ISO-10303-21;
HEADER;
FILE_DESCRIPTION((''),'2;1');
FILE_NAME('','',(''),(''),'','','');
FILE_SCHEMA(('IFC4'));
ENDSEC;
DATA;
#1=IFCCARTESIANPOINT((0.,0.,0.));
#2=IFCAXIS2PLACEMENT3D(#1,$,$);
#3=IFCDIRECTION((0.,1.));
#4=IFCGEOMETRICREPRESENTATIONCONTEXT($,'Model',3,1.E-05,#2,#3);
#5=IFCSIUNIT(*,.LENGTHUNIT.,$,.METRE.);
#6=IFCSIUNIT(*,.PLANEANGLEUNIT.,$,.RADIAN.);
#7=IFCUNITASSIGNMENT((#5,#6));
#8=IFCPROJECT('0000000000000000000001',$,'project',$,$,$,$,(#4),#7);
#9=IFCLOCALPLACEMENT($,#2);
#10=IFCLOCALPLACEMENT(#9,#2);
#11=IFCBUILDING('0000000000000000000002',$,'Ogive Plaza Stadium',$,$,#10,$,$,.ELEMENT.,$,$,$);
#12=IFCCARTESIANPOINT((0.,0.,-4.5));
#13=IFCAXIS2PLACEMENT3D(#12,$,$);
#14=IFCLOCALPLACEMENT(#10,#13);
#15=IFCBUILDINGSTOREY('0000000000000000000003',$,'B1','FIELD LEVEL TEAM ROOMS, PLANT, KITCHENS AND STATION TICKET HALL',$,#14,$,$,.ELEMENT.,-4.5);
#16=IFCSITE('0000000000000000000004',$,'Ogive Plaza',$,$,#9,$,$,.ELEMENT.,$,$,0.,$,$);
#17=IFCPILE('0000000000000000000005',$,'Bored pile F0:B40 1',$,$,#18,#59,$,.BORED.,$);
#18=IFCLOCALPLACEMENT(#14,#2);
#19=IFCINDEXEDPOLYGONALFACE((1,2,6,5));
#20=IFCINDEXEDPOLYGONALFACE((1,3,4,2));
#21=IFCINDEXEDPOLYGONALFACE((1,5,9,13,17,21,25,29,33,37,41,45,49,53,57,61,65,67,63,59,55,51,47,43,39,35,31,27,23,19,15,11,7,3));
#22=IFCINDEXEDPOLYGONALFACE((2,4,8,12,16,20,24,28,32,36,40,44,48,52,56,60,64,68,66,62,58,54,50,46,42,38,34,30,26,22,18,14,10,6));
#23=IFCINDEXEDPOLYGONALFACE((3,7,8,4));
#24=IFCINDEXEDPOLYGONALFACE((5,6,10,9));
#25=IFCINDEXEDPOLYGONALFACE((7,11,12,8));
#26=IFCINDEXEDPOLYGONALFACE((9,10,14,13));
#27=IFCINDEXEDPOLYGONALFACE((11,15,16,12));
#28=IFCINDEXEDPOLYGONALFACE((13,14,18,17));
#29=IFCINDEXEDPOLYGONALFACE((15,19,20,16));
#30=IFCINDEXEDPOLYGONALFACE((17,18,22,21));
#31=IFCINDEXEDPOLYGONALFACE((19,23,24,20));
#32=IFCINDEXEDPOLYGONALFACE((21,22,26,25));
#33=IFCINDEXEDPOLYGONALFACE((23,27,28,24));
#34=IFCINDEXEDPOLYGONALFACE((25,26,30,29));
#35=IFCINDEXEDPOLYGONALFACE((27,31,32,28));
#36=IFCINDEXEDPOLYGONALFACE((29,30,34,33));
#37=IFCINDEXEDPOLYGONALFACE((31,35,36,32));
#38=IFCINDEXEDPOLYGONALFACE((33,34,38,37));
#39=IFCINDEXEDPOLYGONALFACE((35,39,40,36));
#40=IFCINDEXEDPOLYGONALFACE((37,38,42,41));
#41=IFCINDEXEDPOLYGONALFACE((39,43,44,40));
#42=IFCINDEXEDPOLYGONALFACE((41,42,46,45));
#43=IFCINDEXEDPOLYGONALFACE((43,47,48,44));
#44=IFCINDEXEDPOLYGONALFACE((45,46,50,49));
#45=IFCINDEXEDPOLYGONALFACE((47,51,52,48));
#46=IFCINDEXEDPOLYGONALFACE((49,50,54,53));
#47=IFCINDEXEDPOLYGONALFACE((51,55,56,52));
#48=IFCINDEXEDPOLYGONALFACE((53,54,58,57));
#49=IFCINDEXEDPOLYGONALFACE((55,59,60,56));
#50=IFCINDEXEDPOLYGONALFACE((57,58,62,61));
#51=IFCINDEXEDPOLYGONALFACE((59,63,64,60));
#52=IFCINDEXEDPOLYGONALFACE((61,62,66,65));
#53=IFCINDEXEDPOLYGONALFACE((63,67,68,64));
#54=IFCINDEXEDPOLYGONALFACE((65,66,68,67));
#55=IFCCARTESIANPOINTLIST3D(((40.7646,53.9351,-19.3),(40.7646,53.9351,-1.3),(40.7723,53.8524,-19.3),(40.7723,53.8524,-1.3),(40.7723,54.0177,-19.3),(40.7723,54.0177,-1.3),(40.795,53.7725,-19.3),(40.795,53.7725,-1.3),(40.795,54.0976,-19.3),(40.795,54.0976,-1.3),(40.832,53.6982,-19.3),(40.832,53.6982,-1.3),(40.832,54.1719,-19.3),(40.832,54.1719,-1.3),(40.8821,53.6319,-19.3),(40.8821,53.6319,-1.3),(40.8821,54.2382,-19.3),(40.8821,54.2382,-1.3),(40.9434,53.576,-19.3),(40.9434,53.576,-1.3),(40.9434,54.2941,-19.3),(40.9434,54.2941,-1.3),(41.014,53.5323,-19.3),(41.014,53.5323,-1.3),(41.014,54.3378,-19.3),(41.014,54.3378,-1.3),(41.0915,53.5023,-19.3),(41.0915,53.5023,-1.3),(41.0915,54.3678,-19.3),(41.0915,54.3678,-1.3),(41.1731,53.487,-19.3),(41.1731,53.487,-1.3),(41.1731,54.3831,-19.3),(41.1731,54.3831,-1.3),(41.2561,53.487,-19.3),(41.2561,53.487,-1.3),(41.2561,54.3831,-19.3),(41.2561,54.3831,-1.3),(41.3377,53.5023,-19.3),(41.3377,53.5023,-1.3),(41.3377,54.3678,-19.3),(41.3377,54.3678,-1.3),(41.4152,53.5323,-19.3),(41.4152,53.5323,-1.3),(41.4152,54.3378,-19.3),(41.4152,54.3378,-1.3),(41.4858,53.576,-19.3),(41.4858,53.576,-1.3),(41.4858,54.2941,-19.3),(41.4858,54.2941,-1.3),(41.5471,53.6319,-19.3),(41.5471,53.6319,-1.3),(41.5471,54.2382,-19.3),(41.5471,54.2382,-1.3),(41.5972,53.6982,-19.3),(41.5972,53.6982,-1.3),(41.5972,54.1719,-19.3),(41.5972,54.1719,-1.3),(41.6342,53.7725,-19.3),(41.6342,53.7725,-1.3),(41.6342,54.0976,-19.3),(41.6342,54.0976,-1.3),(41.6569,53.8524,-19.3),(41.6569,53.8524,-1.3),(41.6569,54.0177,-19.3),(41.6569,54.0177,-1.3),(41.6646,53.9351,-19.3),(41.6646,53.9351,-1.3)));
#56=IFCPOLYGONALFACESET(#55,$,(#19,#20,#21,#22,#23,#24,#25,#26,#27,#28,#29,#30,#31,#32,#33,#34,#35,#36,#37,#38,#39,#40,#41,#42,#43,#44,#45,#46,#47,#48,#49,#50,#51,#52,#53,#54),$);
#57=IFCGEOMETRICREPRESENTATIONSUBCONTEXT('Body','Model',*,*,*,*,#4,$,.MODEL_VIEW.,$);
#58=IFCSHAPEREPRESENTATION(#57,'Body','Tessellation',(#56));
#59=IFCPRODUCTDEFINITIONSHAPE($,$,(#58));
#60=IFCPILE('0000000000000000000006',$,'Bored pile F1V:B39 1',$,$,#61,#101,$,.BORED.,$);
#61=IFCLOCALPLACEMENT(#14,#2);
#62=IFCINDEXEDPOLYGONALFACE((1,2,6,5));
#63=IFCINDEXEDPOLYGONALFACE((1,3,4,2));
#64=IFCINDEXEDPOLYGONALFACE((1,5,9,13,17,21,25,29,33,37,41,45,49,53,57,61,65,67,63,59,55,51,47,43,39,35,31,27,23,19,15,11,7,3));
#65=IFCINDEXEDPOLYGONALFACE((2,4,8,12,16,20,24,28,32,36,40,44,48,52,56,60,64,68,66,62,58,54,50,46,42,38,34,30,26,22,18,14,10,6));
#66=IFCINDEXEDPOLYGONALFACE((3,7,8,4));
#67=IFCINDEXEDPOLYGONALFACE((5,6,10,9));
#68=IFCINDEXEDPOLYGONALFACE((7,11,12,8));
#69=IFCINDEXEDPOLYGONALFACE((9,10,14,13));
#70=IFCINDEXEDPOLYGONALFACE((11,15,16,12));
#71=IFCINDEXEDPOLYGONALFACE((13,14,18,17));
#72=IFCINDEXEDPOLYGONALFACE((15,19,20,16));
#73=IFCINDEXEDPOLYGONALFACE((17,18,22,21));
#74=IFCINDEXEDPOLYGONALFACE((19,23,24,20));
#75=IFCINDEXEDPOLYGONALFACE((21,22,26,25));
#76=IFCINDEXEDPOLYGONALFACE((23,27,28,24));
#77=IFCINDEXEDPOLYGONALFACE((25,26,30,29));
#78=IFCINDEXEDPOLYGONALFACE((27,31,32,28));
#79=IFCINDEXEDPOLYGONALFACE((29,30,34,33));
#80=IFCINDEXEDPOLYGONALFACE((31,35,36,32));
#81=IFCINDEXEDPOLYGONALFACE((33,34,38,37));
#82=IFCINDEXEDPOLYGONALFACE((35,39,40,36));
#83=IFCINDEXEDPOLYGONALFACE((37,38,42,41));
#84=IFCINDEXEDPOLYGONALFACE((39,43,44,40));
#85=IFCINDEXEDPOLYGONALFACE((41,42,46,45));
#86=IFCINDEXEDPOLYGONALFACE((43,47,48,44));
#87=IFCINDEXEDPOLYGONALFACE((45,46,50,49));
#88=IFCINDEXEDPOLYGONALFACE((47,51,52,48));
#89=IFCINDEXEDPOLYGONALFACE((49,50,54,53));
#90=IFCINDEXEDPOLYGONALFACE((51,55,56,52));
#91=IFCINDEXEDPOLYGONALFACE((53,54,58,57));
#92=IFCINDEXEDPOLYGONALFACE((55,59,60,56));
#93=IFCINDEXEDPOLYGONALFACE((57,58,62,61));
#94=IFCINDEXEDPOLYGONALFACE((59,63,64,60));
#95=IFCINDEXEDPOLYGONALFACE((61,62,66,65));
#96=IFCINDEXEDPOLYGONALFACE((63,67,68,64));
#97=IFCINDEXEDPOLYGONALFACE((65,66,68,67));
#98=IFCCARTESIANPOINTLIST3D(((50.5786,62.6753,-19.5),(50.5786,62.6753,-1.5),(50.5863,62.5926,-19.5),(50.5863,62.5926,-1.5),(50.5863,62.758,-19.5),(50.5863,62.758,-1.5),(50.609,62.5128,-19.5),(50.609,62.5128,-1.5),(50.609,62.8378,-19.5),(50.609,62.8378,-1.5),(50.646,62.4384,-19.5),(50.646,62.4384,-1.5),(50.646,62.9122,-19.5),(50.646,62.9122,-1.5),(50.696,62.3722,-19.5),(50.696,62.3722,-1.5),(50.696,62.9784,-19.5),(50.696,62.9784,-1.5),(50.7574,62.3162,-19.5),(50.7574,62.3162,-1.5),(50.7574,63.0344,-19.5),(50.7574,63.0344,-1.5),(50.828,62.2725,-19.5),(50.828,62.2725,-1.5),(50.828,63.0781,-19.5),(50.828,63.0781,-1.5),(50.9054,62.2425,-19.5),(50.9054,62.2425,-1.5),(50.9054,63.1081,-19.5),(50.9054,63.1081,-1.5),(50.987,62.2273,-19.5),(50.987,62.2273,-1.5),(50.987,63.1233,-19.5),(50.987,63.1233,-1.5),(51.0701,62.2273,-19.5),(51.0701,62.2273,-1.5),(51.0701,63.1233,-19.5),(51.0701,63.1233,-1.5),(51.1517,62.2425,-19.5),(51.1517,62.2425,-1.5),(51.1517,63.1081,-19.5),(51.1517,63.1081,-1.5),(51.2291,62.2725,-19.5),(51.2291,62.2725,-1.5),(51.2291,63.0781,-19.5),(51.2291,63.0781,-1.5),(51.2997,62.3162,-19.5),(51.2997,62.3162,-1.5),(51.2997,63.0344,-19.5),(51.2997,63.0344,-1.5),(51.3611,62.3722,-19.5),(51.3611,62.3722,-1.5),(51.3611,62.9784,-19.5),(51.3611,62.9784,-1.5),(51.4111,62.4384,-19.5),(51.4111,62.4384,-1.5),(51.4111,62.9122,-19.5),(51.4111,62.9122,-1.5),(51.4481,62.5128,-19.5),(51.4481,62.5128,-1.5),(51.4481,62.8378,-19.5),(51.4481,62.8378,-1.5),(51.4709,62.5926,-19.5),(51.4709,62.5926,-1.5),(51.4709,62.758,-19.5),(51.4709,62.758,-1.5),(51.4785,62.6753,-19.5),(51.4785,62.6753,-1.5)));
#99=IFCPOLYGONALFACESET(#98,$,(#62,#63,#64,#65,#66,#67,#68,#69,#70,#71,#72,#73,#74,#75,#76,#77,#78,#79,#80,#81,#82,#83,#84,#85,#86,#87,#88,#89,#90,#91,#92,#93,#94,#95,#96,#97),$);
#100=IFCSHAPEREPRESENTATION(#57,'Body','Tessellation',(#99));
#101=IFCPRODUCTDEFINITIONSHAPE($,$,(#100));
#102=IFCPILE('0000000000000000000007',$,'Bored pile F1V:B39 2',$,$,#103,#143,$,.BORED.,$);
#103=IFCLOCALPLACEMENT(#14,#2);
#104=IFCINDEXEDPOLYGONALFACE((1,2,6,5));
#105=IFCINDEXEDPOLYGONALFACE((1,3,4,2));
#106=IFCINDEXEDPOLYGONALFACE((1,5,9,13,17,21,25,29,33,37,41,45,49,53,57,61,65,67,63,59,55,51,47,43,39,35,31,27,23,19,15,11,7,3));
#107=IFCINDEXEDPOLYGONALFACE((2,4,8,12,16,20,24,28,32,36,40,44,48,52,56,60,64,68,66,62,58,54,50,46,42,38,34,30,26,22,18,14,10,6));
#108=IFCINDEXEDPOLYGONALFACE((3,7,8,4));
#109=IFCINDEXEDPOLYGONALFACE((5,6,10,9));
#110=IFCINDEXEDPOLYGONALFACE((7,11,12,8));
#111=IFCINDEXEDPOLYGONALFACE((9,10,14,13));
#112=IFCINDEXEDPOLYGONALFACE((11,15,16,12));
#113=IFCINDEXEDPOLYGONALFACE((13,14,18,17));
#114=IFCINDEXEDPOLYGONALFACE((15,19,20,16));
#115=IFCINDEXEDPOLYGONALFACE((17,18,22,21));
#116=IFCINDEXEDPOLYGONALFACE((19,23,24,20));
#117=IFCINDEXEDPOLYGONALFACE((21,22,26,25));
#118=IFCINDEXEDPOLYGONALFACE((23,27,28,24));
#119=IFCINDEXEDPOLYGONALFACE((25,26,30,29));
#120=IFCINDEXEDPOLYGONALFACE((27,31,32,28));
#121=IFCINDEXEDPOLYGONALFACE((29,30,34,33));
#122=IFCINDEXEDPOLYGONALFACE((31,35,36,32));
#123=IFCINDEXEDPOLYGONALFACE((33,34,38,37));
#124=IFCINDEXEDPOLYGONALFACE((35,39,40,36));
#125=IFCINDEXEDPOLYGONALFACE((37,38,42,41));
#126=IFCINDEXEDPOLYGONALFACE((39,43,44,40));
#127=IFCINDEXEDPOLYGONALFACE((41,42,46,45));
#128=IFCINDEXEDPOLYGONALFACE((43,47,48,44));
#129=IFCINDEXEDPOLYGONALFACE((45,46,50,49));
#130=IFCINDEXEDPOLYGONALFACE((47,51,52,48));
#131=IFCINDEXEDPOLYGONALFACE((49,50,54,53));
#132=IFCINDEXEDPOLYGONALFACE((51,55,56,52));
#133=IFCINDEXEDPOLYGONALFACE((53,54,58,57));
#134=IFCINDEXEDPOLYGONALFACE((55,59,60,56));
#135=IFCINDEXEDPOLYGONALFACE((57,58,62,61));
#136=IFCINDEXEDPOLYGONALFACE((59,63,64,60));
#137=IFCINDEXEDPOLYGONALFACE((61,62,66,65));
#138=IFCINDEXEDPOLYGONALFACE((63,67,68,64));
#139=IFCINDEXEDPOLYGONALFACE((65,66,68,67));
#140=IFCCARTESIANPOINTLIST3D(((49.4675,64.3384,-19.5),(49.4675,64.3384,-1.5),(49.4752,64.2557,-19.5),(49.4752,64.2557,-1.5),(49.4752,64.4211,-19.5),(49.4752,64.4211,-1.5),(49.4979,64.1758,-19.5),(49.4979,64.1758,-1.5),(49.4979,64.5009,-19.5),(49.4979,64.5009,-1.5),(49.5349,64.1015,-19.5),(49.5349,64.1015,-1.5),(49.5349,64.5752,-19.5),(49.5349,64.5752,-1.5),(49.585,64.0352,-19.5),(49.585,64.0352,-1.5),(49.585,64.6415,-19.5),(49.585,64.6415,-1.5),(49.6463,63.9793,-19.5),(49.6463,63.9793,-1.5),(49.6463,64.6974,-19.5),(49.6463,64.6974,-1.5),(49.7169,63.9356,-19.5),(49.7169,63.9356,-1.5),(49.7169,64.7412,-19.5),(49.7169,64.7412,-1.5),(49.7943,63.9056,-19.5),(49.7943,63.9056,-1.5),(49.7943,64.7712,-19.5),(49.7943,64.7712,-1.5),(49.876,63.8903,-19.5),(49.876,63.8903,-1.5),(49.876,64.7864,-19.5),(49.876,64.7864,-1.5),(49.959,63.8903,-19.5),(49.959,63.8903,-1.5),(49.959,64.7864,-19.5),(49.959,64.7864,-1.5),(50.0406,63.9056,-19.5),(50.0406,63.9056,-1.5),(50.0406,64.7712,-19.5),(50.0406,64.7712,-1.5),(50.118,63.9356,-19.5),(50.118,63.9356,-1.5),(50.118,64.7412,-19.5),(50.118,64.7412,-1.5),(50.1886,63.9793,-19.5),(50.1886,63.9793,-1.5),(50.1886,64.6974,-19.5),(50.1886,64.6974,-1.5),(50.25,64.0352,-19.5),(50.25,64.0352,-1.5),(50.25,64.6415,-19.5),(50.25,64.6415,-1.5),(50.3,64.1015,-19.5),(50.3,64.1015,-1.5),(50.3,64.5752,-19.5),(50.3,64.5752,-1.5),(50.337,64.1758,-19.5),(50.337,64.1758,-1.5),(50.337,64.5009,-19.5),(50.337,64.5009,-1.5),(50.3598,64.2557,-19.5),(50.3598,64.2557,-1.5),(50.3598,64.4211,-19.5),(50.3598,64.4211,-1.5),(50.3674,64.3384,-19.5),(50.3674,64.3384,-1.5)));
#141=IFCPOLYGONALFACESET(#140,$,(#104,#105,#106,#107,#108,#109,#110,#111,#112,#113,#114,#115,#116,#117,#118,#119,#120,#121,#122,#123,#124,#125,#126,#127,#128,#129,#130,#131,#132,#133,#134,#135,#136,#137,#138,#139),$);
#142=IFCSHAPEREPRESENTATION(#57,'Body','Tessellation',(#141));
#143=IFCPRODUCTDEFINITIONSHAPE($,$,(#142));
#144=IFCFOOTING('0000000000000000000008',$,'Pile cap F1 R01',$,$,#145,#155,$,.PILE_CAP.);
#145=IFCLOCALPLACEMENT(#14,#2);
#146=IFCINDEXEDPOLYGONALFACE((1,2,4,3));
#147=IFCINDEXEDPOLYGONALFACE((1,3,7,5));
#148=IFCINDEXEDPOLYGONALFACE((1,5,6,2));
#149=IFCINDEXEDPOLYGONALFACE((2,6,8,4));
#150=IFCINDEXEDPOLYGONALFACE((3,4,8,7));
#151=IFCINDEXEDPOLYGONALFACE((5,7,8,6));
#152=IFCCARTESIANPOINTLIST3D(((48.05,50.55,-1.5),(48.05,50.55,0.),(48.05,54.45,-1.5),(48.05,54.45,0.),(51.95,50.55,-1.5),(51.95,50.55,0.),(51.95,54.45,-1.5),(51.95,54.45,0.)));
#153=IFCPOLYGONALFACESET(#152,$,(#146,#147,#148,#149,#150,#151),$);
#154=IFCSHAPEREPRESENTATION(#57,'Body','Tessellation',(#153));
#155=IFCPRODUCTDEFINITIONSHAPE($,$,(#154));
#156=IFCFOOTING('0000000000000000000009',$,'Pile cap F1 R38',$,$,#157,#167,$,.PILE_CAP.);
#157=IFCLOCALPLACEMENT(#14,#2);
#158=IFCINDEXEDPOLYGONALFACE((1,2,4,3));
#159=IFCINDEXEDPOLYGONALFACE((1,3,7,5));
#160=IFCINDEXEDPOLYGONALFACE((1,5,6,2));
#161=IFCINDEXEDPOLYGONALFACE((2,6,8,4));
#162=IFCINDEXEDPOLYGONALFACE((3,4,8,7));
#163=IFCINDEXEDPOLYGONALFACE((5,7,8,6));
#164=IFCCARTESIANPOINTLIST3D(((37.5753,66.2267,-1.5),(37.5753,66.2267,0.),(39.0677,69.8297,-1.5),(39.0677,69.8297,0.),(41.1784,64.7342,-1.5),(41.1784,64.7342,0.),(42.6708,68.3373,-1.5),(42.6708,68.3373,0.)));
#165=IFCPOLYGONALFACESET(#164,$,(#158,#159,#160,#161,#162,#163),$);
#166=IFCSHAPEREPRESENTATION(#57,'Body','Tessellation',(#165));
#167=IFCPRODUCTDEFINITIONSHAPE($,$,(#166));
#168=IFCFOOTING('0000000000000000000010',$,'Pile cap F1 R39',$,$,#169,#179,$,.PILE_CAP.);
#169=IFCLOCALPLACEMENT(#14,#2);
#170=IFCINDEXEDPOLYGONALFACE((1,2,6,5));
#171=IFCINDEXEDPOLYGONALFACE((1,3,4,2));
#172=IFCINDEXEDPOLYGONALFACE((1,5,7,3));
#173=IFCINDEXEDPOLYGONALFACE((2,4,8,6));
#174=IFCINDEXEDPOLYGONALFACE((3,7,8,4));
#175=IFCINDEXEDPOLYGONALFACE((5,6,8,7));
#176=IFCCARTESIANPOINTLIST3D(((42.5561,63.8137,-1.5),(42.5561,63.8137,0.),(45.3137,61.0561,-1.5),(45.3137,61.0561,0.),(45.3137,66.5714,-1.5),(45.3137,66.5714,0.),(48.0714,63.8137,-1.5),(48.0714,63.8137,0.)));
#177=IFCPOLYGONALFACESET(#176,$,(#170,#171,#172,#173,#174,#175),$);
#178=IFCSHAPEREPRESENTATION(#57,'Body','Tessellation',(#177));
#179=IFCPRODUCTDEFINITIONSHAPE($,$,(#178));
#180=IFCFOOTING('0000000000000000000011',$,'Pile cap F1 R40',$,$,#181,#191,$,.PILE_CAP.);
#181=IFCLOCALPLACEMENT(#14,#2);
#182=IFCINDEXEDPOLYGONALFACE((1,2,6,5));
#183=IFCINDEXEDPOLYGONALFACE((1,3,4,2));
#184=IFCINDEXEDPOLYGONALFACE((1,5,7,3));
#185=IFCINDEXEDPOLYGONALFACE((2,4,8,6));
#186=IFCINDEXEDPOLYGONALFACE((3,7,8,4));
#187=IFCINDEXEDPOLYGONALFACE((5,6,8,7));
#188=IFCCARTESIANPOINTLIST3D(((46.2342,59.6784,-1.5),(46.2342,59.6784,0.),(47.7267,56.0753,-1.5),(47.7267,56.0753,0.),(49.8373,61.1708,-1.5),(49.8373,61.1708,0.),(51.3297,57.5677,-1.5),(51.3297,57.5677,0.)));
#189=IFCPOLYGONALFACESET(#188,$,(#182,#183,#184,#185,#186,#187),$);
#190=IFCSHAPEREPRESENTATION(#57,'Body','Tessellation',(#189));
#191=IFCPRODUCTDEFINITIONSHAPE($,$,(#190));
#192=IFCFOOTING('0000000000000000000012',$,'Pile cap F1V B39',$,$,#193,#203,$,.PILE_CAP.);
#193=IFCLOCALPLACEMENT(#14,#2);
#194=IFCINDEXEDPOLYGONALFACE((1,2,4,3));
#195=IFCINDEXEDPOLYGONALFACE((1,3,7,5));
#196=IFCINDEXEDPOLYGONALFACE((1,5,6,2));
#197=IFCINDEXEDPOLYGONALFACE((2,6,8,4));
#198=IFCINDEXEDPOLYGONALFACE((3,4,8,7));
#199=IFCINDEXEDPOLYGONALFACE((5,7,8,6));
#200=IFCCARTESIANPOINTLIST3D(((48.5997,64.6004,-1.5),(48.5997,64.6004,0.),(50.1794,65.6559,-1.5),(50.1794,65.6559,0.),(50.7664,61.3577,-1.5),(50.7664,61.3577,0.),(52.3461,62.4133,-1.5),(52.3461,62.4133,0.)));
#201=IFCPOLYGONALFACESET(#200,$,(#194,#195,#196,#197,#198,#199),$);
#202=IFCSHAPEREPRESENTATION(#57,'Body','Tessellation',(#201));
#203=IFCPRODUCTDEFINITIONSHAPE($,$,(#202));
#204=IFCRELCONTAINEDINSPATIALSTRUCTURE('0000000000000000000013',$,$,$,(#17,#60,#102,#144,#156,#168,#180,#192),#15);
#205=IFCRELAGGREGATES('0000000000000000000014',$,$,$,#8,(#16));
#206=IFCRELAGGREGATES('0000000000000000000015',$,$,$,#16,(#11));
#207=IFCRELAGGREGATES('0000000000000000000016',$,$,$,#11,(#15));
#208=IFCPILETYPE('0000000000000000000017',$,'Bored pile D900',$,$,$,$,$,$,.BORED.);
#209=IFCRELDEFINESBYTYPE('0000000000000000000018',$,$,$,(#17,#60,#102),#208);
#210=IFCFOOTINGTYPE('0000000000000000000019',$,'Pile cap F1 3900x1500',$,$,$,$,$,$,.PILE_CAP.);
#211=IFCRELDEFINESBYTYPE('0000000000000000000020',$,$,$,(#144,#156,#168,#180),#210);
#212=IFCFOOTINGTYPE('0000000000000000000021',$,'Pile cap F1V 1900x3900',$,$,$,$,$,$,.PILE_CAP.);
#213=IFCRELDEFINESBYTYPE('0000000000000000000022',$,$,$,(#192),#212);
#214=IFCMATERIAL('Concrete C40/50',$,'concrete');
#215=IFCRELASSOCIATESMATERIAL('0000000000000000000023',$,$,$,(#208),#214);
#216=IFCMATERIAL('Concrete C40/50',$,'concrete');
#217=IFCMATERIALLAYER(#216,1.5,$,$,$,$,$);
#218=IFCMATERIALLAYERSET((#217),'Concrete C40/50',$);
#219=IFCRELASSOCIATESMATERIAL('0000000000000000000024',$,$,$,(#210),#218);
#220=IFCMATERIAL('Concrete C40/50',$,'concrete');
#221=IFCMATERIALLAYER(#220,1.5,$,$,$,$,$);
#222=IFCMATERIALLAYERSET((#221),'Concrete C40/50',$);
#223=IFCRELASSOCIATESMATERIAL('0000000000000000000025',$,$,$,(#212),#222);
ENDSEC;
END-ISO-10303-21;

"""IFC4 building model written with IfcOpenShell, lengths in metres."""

from ifc_helpers import new_model, si_unit, direction, frame, origin, origin_2d, place, context, subcontext, project, spatial, rectangle, circle, extrude, material, layer, layer_set, material_profile, profile_set, type_object, element, save


model = new_model("IFC4")

# Units and contexts
model_context = context("Model", 3, precision=1e-05, world=origin(), true_north=direction((0.0, 1.0)))
body_context = subcontext(model_context, "Body", "Model", "MODEL_VIEW")
ifc_project = project(units=[si_unit("LENGTHUNIT", "METRE"), si_unit("PLANEANGLEUNIT", "RADIAN")], contexts=[model_context])

# Site, building, storey
site_placement = place(None, origin())
site = spatial("IfcSite", under=ifc_project, at=site_placement, Name="Ogive Plaza", CompositionType="ELEMENT", RefElevation=0.0)
building_placement = place(site_placement, origin())
building = spatial("IfcBuilding", under=site, at=building_placement, Name="Ogive Plaza Stadium", CompositionType="ELEMENT")
storey_placement = place(building_placement, frame((0.0, 0.0, -4.5)))
storey = spatial("IfcBuildingStorey", under=building, at=storey_placement, Name="B1", Description="FIELD LEVEL TEAM ROOMS, PLANT, KITCHENS AND STATION TICKET HALL", CompositionType="ELEMENT", Elevation=-4.5)

# Piles
ifc_material_1 = material(Name="Concrete C40/50", Category="concrete")
ifc_material_profile_1 = material_profile(ifc_material_1, circle(Radius=0.45, at=origin_2d()), Name="RC D900")
ifc_profile_set_1 = profile_set([ifc_material_profile_1], Name="Concrete C40/50")
pile_type = type_object("IfcPileType", Name="Bored pile D900", PredefinedType="BORED", material=ifc_profile_set_1)
for number, where, z_axis, x_axis, name in (
    (1, (41.2146, 53.9351, -1.3), (0.0, 0.0, -1.0), (1.0, 0.0, 0.0), "Bored pile F0:B40 1"),
    (2, (51.0286, 62.6753, -1.5), (0.0, 0.0, -1.0), (1.0, 0.0, 0.0), "Bored pile F1V:B39 1"),
    (3, (49.9175, 64.3384, -1.5), (0.0, 0.0, -1.0), (1.0, 0.0, 0.0), "Bored pile F1V:B39 2"),
):
    element("IfcPile", number, at=place(storey_placement, frame(where, z_axis=z_axis, x_axis=x_axis)), inside=storey, type_object=pile_type, Name=name, PredefinedType="BORED", context=body_context, shape_type="SweptSolid", body=[
        extrude(circle(Radius=0.45, at=origin_2d()), origin(), (0.0, 0.0, 1.0), 18.0),
    ])

# Footings
ifc_material_2 = material(Name="Concrete C40/50", Category="concrete")
ifc_layer_1 = layer(ifc_material_2, 1.5)
ifc_layer_set_1 = layer_set([ifc_layer_1], Name="Concrete C40/50")
footing_type_1 = type_object("IfcFootingType", Name="Pile cap F1 3900x1500", PredefinedType="PILE_CAP", material=ifc_layer_set_1)
for number, where, z_axis, x_axis, name in (
    (4, (50.0, 52.5, -1.5), (0.0, 0.0, 1.0), (1.0, 0.0, 0.0), "Pile cap F1 R01"),
    (5, (40.123, 67.282, -1.5), (0.0, 0.0, 1.0), (0.382683, 0.92388, 0.0), "Pile cap F1 R38"),
    (6, (45.3137, 63.8137, -1.5), (0.0, 0.0, 1.0), (0.707107, 0.707107, 0.0), "Pile cap F1 R39"),
    (7, (48.782, 58.623, -1.5), (0.0, 0.0, 1.0), (0.92388, 0.382683, 0.0), "Pile cap F1 R40"),
):
    element("IfcFooting", number, at=place(storey_placement, frame(where, z_axis=z_axis, x_axis=x_axis)), inside=storey, type_object=footing_type_1, Name=name, PredefinedType="PILE_CAP", context=body_context, shape_type="SweptSolid", body=[
        extrude(rectangle(XDim=3.8999, YDim=3.8999, at=origin_2d()), origin(), (0.0, 0.0, 1.0), 1.5),
    ])
ifc_material_3 = material(Name="Concrete C40/50", Category="concrete")
ifc_layer_2 = layer(ifc_material_3, 1.5)
ifc_layer_set_2 = layer_set([ifc_layer_2], Name="Concrete C40/50")
footing_type_2 = type_object("IfcFootingType", Name="Pile cap F1V 1900x3900", PredefinedType="PILE_CAP", material=ifc_layer_set_2)
footing_placement = place(storey_placement, frame((50.4729, 63.5068, -1.5), z_axis=(0.0, 0.0, 1.0), x_axis=(0.83147, 0.55557, 0.0)))
element("IfcFooting", 8, at=footing_placement, inside=storey, type_object=footing_type_2, Name="Pile cap F1V B39", PredefinedType="PILE_CAP", context=body_context, shape_type="SweptSolid", body=[
    extrude(rectangle(XDim=1.8999, YDim=3.8999, at=origin_2d()), origin(), (0.0, 0.0, 1.0), 1.5),
])

save(model, "model.ifc")
